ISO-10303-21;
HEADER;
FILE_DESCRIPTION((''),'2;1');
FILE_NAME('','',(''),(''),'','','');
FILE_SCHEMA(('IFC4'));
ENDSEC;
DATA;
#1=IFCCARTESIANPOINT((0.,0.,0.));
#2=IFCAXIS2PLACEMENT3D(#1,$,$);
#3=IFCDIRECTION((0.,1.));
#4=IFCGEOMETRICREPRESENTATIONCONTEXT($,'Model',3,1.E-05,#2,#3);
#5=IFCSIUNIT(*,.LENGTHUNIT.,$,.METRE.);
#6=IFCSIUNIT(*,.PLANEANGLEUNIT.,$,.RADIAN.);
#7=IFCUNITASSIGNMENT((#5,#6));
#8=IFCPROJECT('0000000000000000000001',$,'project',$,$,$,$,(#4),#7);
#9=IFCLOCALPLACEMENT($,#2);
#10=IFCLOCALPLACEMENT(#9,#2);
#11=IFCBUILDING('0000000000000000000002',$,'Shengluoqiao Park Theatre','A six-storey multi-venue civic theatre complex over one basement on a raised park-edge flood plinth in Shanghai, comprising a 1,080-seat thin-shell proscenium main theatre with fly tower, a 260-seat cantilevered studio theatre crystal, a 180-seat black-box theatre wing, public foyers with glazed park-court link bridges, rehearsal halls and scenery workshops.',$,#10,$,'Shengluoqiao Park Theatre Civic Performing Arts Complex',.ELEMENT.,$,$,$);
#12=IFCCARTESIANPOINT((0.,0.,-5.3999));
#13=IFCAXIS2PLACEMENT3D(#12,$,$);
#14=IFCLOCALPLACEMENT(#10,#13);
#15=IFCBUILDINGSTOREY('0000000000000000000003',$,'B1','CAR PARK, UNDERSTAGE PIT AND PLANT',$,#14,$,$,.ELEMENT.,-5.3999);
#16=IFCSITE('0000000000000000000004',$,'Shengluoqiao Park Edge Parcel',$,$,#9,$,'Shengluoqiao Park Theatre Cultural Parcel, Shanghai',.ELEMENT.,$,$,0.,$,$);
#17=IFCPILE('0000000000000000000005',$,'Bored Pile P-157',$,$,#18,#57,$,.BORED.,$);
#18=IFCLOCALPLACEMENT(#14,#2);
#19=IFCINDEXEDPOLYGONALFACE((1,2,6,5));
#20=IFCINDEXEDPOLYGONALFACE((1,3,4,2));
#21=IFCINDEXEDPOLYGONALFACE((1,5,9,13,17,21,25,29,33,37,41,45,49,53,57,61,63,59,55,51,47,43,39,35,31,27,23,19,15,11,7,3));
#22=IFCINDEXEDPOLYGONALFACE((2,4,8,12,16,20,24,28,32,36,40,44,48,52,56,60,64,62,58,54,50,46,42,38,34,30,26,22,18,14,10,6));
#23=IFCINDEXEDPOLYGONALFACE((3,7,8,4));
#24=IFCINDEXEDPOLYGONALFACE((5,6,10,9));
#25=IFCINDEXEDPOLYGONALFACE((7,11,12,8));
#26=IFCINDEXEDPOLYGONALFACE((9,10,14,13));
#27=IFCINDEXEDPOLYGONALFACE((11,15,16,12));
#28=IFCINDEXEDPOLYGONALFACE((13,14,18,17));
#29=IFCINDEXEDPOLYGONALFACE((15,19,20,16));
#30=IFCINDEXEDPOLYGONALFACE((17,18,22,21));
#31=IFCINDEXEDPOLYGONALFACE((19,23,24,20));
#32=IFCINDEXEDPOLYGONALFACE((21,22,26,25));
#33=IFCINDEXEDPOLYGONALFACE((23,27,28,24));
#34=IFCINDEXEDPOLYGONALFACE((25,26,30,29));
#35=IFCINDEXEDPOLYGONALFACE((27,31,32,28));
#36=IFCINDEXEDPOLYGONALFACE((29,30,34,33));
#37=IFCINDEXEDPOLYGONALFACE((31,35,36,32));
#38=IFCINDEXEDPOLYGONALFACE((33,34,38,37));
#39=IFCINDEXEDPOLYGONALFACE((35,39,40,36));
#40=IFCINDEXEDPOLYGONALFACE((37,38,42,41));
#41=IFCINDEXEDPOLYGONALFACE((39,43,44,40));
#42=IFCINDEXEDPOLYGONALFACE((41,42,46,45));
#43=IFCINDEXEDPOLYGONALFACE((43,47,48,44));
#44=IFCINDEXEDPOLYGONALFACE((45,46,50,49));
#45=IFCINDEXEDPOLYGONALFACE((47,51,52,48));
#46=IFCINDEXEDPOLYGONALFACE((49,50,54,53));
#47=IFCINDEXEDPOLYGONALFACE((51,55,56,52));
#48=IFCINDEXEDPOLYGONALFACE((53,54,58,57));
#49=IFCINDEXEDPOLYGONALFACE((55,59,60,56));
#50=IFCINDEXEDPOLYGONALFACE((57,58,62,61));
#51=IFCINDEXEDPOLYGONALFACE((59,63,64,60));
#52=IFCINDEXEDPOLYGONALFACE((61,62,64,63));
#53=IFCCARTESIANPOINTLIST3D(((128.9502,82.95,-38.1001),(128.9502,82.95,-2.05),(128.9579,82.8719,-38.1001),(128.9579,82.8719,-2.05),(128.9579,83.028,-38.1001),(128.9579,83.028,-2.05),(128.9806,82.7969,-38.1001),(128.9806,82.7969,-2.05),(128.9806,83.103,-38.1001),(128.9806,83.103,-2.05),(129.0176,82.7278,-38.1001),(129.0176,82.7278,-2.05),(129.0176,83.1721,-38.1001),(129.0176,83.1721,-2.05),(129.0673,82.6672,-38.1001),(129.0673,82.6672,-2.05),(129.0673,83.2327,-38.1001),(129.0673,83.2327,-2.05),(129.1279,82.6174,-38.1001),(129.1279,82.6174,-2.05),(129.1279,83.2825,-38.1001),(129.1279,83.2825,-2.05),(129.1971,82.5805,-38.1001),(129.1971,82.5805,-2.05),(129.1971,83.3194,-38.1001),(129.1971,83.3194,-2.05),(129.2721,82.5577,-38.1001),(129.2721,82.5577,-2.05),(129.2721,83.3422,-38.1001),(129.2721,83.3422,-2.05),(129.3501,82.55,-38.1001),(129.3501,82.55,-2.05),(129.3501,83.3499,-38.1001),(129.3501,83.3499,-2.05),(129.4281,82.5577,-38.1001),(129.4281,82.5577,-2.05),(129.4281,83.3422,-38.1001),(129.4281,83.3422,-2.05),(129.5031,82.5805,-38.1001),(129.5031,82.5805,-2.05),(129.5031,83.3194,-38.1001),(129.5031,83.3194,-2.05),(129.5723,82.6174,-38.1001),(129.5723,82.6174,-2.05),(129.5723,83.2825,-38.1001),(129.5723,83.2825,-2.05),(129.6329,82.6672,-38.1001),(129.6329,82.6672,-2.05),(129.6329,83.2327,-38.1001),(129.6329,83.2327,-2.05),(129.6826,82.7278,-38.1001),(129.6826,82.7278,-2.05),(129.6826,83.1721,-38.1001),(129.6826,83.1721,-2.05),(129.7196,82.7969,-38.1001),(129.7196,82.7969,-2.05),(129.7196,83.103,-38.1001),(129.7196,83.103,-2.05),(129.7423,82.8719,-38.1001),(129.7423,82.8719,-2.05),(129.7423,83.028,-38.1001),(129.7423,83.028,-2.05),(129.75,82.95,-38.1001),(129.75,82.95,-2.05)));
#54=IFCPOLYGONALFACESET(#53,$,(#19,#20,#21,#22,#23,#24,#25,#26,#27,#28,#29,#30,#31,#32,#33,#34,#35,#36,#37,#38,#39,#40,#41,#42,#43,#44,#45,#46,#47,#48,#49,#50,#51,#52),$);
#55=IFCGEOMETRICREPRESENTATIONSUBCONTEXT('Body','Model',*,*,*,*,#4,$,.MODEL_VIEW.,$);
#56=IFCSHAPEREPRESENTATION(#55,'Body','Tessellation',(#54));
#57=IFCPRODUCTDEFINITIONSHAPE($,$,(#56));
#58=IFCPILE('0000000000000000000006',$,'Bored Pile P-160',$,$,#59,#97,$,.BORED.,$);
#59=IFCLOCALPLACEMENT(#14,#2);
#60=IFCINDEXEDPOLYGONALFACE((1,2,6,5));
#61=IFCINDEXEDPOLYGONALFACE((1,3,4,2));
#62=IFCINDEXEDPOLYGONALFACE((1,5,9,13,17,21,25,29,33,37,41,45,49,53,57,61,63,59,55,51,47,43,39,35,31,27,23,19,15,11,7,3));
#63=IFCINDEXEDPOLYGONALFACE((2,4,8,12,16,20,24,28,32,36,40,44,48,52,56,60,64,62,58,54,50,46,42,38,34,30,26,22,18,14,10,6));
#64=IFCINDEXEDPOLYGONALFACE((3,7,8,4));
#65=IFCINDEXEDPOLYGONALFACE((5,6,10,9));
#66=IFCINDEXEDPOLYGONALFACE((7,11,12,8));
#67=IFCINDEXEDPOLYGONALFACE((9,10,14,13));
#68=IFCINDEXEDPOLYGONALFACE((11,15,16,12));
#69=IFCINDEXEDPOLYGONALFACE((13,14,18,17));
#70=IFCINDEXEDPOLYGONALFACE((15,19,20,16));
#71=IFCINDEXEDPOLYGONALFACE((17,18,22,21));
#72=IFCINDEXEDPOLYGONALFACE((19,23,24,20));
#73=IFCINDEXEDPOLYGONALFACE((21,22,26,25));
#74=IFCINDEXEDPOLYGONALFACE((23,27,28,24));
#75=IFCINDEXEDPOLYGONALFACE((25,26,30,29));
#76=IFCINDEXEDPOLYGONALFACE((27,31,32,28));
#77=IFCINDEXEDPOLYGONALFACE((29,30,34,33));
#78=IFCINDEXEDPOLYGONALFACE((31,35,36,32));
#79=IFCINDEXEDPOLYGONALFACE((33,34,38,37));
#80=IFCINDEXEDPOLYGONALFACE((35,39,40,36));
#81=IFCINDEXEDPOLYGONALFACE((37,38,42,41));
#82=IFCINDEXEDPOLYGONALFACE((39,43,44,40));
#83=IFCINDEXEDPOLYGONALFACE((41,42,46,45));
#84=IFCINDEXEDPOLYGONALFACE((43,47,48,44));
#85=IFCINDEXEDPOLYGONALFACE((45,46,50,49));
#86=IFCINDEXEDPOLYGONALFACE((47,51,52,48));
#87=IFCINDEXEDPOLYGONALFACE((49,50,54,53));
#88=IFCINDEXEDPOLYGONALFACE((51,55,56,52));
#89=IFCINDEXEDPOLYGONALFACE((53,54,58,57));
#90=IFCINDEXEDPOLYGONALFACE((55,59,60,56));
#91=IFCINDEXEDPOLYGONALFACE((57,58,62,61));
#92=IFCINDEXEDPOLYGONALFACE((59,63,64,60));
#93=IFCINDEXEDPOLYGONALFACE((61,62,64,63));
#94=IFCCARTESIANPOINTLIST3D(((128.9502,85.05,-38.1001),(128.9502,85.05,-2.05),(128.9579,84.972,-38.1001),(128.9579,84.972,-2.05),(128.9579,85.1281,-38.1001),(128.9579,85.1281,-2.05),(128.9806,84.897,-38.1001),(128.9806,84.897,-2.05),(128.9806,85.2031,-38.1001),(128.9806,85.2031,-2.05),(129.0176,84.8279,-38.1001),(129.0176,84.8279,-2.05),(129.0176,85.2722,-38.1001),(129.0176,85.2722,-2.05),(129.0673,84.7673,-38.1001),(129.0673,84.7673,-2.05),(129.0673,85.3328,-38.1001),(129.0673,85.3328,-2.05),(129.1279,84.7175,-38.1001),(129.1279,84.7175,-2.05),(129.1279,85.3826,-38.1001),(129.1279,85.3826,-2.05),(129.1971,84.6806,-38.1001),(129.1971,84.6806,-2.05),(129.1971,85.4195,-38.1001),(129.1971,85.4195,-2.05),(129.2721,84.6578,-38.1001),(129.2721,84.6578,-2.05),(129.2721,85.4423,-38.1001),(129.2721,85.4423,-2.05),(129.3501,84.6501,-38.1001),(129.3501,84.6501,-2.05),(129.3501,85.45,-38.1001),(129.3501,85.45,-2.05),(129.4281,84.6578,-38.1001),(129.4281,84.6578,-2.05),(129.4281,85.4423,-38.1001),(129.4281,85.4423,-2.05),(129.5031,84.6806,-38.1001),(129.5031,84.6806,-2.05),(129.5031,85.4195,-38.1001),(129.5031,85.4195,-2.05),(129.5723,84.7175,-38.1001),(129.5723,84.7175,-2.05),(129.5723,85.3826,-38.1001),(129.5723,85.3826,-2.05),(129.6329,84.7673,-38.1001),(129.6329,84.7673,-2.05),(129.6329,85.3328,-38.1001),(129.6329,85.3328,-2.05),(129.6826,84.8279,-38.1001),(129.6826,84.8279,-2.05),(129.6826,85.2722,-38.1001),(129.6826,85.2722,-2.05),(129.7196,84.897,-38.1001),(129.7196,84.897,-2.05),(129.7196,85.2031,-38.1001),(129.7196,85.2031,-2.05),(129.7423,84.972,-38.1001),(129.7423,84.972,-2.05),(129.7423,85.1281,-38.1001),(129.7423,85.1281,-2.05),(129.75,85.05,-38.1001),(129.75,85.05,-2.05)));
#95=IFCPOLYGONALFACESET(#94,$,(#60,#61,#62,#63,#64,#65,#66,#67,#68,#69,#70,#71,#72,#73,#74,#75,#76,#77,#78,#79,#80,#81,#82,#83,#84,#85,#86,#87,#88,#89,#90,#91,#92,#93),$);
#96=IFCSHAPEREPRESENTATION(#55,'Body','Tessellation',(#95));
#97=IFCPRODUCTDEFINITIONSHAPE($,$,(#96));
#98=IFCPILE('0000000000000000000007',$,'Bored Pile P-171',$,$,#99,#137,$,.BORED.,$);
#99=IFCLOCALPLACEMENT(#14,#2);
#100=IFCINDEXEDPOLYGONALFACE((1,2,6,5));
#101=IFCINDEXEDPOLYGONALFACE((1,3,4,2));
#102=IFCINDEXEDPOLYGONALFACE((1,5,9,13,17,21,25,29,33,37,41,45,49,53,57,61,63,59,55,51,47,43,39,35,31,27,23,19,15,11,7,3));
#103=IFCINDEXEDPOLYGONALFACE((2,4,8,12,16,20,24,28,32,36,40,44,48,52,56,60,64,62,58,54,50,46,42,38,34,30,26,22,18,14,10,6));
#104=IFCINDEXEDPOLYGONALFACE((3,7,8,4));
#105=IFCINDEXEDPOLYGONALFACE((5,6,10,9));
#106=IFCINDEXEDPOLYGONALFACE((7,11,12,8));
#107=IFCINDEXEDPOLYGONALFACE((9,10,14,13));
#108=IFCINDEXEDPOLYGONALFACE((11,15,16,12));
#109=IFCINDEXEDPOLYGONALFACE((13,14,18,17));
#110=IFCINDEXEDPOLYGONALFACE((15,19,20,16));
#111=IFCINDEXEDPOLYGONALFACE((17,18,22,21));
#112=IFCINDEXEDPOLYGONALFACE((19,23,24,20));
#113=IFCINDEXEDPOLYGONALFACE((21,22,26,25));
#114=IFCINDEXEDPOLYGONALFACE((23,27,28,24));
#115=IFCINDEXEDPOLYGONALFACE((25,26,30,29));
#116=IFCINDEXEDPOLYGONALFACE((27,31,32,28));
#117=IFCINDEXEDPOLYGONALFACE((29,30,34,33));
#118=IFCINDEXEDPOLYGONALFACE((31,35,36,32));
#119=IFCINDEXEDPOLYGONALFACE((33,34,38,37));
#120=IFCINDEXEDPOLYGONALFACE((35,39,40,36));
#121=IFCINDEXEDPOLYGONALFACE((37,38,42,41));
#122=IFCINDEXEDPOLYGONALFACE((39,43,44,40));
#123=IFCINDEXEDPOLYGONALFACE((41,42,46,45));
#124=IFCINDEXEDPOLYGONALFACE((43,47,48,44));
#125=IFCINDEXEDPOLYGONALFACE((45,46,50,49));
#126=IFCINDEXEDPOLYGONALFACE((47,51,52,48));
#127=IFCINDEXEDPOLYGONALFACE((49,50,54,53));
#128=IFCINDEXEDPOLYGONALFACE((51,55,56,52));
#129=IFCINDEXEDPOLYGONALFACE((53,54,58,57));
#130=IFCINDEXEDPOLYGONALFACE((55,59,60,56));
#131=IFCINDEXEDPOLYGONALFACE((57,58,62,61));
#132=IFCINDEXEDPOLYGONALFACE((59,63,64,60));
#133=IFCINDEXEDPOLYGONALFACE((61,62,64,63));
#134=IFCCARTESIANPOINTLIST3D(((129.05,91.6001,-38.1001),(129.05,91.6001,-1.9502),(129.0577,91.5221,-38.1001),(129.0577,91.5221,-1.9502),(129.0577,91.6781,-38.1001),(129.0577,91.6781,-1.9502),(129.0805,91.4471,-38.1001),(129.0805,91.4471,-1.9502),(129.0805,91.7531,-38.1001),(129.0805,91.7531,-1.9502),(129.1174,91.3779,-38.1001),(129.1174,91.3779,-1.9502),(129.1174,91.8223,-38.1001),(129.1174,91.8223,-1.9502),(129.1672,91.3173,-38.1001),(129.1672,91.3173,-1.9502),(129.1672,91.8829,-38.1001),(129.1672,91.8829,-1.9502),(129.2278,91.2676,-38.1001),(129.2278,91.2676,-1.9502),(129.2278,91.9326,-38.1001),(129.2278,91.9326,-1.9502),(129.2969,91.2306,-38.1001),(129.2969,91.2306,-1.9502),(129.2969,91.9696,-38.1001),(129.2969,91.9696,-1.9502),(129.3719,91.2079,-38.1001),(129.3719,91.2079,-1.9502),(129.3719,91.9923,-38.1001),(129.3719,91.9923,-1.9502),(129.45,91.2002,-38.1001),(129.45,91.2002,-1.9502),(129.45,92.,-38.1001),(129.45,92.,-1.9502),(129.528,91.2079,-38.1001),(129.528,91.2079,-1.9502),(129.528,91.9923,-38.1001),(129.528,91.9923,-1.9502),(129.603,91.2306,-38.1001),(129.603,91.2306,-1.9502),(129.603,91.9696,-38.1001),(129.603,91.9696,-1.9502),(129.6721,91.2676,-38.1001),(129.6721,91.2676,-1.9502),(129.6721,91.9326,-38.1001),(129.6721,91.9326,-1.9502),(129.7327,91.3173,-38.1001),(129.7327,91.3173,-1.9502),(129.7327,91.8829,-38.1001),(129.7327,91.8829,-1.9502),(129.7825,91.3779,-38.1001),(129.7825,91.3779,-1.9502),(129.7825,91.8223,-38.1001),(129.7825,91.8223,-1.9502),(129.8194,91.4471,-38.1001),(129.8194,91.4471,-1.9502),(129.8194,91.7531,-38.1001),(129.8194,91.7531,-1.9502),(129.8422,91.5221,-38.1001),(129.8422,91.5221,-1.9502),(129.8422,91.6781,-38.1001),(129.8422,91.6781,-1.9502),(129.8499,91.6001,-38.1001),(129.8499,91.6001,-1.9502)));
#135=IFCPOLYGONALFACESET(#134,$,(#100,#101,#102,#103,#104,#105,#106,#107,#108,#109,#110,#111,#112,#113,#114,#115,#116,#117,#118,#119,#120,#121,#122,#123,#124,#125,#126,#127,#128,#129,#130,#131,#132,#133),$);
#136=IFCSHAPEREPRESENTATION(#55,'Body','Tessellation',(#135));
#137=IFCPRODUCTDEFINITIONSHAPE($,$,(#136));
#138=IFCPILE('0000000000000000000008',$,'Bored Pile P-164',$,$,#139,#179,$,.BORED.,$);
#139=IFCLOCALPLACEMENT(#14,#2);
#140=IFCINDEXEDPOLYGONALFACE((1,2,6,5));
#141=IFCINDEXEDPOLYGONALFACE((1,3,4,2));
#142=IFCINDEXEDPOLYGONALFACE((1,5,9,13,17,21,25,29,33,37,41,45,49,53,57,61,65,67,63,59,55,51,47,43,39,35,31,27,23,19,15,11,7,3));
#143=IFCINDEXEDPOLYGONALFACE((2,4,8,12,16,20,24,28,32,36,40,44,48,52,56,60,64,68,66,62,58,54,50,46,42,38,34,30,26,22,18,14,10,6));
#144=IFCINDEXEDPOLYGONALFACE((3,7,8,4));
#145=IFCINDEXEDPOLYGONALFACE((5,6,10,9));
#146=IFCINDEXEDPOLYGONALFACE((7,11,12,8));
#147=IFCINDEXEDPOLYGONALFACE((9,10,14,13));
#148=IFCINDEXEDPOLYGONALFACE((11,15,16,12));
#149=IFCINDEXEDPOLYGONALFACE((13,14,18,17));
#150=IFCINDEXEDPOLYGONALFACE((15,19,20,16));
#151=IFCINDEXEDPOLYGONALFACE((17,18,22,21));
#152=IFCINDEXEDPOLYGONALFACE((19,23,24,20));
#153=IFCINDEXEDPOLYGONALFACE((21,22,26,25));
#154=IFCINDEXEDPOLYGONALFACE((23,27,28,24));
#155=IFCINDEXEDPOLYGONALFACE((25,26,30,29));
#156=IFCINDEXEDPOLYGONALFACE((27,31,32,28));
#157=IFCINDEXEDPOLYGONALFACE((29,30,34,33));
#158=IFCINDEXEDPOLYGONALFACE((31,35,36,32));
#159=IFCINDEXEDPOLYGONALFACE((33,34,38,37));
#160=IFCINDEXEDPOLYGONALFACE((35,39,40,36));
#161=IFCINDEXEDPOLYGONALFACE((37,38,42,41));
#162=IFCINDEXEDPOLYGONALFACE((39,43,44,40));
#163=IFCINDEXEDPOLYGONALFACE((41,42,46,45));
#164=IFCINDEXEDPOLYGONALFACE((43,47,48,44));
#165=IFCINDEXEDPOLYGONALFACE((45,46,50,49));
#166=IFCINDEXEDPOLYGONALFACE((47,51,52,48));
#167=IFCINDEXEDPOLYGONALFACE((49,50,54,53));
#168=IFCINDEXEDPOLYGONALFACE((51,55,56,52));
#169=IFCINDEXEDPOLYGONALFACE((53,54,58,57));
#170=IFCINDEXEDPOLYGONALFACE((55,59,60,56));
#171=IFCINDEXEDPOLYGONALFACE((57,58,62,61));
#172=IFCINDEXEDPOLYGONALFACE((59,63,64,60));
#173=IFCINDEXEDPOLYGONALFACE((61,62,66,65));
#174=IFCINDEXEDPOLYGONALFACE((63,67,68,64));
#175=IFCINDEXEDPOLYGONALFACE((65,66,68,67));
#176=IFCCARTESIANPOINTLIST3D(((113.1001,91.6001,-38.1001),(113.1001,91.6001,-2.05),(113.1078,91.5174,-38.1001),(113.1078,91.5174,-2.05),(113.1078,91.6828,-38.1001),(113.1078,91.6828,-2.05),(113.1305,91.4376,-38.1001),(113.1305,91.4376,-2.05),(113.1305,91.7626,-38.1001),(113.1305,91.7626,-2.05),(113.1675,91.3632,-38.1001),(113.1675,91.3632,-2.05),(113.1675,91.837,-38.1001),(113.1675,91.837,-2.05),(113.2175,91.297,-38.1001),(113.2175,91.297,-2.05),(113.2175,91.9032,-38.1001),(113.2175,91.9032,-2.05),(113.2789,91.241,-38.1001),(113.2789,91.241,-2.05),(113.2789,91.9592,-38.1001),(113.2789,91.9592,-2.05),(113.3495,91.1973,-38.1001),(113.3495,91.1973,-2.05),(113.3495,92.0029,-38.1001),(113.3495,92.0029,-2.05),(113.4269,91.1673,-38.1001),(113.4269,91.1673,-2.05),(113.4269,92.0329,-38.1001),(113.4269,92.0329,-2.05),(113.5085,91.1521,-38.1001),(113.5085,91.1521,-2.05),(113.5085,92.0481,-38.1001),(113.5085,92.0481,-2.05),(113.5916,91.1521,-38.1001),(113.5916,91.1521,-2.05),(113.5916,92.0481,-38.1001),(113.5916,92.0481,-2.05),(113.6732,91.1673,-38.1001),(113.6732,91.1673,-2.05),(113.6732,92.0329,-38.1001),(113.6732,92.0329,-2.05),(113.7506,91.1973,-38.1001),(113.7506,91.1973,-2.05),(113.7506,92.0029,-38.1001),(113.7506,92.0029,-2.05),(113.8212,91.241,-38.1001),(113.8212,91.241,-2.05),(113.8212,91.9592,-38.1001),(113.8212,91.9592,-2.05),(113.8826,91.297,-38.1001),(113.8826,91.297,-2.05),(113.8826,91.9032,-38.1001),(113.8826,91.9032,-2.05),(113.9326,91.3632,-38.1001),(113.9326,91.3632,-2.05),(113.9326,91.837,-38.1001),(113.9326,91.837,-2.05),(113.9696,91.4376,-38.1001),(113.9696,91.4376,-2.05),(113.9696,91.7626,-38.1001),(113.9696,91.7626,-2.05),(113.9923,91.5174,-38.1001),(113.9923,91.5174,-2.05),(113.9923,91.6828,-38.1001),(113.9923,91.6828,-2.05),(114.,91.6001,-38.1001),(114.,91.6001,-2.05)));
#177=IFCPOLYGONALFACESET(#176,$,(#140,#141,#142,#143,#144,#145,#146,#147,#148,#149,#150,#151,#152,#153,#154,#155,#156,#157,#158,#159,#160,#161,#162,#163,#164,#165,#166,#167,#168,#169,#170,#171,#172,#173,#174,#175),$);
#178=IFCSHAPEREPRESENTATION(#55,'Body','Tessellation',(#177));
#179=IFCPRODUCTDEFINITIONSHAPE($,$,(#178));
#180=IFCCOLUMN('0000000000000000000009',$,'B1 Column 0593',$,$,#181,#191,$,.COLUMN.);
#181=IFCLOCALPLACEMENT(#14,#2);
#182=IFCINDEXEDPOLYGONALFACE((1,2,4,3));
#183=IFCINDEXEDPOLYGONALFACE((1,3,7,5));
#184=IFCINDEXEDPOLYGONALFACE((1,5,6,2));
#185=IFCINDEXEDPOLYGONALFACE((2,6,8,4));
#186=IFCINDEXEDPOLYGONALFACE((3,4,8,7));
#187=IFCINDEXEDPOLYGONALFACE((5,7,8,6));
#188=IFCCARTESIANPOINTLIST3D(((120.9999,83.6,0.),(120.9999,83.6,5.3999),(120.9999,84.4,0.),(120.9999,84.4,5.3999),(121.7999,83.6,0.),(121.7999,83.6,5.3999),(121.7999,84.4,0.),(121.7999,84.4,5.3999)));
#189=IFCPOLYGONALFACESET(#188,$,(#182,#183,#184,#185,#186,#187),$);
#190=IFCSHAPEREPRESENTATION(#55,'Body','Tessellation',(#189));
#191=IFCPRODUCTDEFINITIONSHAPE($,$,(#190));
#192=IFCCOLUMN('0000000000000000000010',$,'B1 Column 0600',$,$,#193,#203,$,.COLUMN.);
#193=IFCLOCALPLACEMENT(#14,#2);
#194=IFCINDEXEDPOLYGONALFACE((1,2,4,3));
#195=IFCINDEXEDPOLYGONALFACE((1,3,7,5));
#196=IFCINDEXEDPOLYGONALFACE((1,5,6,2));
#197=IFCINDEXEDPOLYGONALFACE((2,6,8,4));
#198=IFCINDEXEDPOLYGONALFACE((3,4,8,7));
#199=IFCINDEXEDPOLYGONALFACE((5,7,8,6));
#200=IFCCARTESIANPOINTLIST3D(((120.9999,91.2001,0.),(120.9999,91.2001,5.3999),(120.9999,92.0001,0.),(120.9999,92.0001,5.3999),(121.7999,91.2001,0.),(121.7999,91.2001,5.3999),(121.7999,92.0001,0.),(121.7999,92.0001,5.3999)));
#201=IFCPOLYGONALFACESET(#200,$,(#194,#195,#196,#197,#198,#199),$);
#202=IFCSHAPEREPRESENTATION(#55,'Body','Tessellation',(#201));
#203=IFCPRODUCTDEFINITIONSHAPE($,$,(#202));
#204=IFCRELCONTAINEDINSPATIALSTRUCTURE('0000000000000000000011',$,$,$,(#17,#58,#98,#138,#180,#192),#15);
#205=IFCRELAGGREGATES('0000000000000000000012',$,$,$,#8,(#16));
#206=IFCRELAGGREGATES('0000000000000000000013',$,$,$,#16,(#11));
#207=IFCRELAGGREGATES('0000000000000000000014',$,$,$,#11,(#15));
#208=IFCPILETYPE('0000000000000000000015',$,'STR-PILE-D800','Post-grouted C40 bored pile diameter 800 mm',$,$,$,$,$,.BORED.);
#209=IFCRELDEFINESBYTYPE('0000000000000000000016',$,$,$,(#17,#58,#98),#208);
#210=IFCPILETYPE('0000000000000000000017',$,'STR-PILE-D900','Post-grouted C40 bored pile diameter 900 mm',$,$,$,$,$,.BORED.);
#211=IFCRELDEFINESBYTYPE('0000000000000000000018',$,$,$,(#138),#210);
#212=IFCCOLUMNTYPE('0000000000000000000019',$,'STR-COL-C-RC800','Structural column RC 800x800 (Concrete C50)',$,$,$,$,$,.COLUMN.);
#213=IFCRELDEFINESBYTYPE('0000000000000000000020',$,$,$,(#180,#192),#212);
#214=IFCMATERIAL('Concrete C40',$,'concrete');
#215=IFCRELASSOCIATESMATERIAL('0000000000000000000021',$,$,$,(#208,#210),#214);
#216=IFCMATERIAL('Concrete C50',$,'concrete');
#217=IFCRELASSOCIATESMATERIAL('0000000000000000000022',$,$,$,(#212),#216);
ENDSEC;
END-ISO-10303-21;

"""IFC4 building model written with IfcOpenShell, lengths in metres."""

from ifc_helpers import new_model, si_unit, direction, frame, origin, origin_2d, place, context, subcontext, project, spatial, rectangle, circle, extrude, material, material_profile, profile_set, type_object, element, save


model = new_model("IFC4")

# Units and contexts
model_context = context("Model", 3, precision=1e-05, world=origin(), true_north=direction((0.0, 1.0)))
body_context = subcontext(model_context, "Body", "Model", "MODEL_VIEW")
ifc_project = project(units=[si_unit("LENGTHUNIT", "METRE"), si_unit("PLANEANGLEUNIT", "RADIAN")], contexts=[model_context])

# Site, building, storey
site_placement = place(None, origin())
site = spatial("IfcSite", under=ifc_project, at=site_placement, Name="Shengluoqiao Park Edge Parcel", LongName="Shengluoqiao Park Theatre Cultural Parcel, Shanghai", CompositionType="ELEMENT", RefElevation=0.0)
building_placement = place(site_placement, origin())
building = spatial("IfcBuilding", under=site, at=building_placement, Name="Shengluoqiao Park Theatre", Description="A six-storey multi-venue civic theatre complex over one basement on a raised park-edge flood plinth in Shanghai, comprising a 1,080-seat thin-shell proscenium main theatre with fly tower, a 260-seat cantilevered studio theatre crystal, a 180-seat black-box theatre wing, public foyers with glazed park-court link bridges, rehearsal halls and scenery workshops.", LongName="Shengluoqiao Park Theatre Civic Performing Arts Complex", CompositionType="ELEMENT")
storey_placement = place(building_placement, frame((0.0, 0.0, -5.3999)))
storey = spatial("IfcBuildingStorey", under=building, at=storey_placement, Name="B1", Description="CAR PARK, UNDERSTAGE PIT AND PLANT", CompositionType="ELEMENT", Elevation=-5.3999)

# Shared definitions
ifc_material_1 = material(Name="Concrete C40", Category="concrete")

# Piles
ifc_material_profile_1 = material_profile(ifc_material_1, circle(Radius=0.3999, at=origin_2d()), Name="BORED PILE D800")
ifc_profile_set_1 = profile_set([ifc_material_profile_1], Name="Concrete C40")
pile_type_1 = type_object("IfcPileType", Name="STR-PILE-D800", Description="Post-grouted C40 bored pile diameter 800 mm", PredefinedType="BORED", material=ifc_profile_set_1)
for number, where, z_axis, x_axis, name in (
    (1, (129.3501, 82.95, -2.05), (0.0, 0.0, -1.0), (1.0, 0.0, 0.0), "Bored Pile P-157"),
    (2, (129.3501, 85.05, -2.05), (0.0, 0.0, -1.0), (1.0, 0.0, 0.0), "Bored Pile P-160"),
):
    element("IfcPile", number, at=place(storey_placement, frame(where, z_axis=z_axis, x_axis=x_axis)), inside=storey, type_object=pile_type_1, Name=name, PredefinedType="BORED", context=body_context, shape_type="SweptSolid", body=[
        extrude(circle(Radius=0.3999, at=origin_2d()), origin(), (0.0, 0.0, 1.0), 36.05),
    ])
pile_1_placement = place(storey_placement, frame((129.45, 91.6001, -1.9502), z_axis=(0.0, 0.0, -1.0), x_axis=(1.0, 0.0, 0.0)))
element("IfcPile", 3, at=pile_1_placement, inside=storey, type_object=pile_type_1, Name="Bored Pile P-171", PredefinedType="BORED", context=body_context, shape_type="SweptSolid", body=[
    extrude(circle(Radius=0.3999, at=origin_2d()), origin(), (0.0, 0.0, 1.0), 36.1499),
])
ifc_material_profile_2 = material_profile(ifc_material_1, circle(Radius=0.45, at=origin_2d()), Name="BORED PILE D900")
ifc_profile_set_2 = profile_set([ifc_material_profile_2], Name="Concrete C40")
pile_type_2 = type_object("IfcPileType", Name="STR-PILE-D900", Description="Post-grouted C40 bored pile diameter 900 mm", PredefinedType="BORED", material=ifc_profile_set_2)
pile_2_placement = place(storey_placement, frame((113.55, 91.6001, -2.05), z_axis=(0.0, 0.0, -1.0), x_axis=(1.0, 0.0, 0.0)))
element("IfcPile", 4, at=pile_2_placement, inside=storey, type_object=pile_type_2, Name="Bored Pile P-164", PredefinedType="BORED", context=body_context, shape_type="SweptSolid", body=[
    extrude(circle(Radius=0.45, at=origin_2d()), origin(), (0.0, 0.0, 1.0), 36.05),
])

# Columns
ifc_material_2 = material(Name="Concrete C50", Category="concrete")
ifc_material_profile_3 = material_profile(ifc_material_2, rectangle(XDim=0.8, YDim=0.8, at=origin_2d()), Name="RC 800x800")
ifc_profile_set_3 = profile_set([ifc_material_profile_3], Name="Concrete C50")
column_type = type_object("IfcColumnType", Name="STR-COL-C-RC800", Description="Structural column RC 800x800 (Concrete C50)", PredefinedType="COLUMN", material=ifc_profile_set_3)
for number, where, z_axis, x_axis, name in (
    (5, (121.3999, 84.0, 0.0), (0.0, 0.0, 1.0), (1.0, 0.0, 0.0), "B1 Column 0593"),
    (6, (121.3999, 91.6001, 0.0), (0.0, 0.0, 1.0), (1.0, 0.0, 0.0), "B1 Column 0600"),
):
    element("IfcColumn", number, at=place(storey_placement, frame(where, z_axis=z_axis, x_axis=x_axis)), inside=storey, type_object=column_type, Name=name, PredefinedType="COLUMN", context=body_context, shape_type="SweptSolid", body=[
        extrude(rectangle(XDim=0.8, YDim=0.8, at=origin_2d()), origin(), (0.0, 0.0, 1.0), 5.3999),
    ])

save(model, "model.ifc")
